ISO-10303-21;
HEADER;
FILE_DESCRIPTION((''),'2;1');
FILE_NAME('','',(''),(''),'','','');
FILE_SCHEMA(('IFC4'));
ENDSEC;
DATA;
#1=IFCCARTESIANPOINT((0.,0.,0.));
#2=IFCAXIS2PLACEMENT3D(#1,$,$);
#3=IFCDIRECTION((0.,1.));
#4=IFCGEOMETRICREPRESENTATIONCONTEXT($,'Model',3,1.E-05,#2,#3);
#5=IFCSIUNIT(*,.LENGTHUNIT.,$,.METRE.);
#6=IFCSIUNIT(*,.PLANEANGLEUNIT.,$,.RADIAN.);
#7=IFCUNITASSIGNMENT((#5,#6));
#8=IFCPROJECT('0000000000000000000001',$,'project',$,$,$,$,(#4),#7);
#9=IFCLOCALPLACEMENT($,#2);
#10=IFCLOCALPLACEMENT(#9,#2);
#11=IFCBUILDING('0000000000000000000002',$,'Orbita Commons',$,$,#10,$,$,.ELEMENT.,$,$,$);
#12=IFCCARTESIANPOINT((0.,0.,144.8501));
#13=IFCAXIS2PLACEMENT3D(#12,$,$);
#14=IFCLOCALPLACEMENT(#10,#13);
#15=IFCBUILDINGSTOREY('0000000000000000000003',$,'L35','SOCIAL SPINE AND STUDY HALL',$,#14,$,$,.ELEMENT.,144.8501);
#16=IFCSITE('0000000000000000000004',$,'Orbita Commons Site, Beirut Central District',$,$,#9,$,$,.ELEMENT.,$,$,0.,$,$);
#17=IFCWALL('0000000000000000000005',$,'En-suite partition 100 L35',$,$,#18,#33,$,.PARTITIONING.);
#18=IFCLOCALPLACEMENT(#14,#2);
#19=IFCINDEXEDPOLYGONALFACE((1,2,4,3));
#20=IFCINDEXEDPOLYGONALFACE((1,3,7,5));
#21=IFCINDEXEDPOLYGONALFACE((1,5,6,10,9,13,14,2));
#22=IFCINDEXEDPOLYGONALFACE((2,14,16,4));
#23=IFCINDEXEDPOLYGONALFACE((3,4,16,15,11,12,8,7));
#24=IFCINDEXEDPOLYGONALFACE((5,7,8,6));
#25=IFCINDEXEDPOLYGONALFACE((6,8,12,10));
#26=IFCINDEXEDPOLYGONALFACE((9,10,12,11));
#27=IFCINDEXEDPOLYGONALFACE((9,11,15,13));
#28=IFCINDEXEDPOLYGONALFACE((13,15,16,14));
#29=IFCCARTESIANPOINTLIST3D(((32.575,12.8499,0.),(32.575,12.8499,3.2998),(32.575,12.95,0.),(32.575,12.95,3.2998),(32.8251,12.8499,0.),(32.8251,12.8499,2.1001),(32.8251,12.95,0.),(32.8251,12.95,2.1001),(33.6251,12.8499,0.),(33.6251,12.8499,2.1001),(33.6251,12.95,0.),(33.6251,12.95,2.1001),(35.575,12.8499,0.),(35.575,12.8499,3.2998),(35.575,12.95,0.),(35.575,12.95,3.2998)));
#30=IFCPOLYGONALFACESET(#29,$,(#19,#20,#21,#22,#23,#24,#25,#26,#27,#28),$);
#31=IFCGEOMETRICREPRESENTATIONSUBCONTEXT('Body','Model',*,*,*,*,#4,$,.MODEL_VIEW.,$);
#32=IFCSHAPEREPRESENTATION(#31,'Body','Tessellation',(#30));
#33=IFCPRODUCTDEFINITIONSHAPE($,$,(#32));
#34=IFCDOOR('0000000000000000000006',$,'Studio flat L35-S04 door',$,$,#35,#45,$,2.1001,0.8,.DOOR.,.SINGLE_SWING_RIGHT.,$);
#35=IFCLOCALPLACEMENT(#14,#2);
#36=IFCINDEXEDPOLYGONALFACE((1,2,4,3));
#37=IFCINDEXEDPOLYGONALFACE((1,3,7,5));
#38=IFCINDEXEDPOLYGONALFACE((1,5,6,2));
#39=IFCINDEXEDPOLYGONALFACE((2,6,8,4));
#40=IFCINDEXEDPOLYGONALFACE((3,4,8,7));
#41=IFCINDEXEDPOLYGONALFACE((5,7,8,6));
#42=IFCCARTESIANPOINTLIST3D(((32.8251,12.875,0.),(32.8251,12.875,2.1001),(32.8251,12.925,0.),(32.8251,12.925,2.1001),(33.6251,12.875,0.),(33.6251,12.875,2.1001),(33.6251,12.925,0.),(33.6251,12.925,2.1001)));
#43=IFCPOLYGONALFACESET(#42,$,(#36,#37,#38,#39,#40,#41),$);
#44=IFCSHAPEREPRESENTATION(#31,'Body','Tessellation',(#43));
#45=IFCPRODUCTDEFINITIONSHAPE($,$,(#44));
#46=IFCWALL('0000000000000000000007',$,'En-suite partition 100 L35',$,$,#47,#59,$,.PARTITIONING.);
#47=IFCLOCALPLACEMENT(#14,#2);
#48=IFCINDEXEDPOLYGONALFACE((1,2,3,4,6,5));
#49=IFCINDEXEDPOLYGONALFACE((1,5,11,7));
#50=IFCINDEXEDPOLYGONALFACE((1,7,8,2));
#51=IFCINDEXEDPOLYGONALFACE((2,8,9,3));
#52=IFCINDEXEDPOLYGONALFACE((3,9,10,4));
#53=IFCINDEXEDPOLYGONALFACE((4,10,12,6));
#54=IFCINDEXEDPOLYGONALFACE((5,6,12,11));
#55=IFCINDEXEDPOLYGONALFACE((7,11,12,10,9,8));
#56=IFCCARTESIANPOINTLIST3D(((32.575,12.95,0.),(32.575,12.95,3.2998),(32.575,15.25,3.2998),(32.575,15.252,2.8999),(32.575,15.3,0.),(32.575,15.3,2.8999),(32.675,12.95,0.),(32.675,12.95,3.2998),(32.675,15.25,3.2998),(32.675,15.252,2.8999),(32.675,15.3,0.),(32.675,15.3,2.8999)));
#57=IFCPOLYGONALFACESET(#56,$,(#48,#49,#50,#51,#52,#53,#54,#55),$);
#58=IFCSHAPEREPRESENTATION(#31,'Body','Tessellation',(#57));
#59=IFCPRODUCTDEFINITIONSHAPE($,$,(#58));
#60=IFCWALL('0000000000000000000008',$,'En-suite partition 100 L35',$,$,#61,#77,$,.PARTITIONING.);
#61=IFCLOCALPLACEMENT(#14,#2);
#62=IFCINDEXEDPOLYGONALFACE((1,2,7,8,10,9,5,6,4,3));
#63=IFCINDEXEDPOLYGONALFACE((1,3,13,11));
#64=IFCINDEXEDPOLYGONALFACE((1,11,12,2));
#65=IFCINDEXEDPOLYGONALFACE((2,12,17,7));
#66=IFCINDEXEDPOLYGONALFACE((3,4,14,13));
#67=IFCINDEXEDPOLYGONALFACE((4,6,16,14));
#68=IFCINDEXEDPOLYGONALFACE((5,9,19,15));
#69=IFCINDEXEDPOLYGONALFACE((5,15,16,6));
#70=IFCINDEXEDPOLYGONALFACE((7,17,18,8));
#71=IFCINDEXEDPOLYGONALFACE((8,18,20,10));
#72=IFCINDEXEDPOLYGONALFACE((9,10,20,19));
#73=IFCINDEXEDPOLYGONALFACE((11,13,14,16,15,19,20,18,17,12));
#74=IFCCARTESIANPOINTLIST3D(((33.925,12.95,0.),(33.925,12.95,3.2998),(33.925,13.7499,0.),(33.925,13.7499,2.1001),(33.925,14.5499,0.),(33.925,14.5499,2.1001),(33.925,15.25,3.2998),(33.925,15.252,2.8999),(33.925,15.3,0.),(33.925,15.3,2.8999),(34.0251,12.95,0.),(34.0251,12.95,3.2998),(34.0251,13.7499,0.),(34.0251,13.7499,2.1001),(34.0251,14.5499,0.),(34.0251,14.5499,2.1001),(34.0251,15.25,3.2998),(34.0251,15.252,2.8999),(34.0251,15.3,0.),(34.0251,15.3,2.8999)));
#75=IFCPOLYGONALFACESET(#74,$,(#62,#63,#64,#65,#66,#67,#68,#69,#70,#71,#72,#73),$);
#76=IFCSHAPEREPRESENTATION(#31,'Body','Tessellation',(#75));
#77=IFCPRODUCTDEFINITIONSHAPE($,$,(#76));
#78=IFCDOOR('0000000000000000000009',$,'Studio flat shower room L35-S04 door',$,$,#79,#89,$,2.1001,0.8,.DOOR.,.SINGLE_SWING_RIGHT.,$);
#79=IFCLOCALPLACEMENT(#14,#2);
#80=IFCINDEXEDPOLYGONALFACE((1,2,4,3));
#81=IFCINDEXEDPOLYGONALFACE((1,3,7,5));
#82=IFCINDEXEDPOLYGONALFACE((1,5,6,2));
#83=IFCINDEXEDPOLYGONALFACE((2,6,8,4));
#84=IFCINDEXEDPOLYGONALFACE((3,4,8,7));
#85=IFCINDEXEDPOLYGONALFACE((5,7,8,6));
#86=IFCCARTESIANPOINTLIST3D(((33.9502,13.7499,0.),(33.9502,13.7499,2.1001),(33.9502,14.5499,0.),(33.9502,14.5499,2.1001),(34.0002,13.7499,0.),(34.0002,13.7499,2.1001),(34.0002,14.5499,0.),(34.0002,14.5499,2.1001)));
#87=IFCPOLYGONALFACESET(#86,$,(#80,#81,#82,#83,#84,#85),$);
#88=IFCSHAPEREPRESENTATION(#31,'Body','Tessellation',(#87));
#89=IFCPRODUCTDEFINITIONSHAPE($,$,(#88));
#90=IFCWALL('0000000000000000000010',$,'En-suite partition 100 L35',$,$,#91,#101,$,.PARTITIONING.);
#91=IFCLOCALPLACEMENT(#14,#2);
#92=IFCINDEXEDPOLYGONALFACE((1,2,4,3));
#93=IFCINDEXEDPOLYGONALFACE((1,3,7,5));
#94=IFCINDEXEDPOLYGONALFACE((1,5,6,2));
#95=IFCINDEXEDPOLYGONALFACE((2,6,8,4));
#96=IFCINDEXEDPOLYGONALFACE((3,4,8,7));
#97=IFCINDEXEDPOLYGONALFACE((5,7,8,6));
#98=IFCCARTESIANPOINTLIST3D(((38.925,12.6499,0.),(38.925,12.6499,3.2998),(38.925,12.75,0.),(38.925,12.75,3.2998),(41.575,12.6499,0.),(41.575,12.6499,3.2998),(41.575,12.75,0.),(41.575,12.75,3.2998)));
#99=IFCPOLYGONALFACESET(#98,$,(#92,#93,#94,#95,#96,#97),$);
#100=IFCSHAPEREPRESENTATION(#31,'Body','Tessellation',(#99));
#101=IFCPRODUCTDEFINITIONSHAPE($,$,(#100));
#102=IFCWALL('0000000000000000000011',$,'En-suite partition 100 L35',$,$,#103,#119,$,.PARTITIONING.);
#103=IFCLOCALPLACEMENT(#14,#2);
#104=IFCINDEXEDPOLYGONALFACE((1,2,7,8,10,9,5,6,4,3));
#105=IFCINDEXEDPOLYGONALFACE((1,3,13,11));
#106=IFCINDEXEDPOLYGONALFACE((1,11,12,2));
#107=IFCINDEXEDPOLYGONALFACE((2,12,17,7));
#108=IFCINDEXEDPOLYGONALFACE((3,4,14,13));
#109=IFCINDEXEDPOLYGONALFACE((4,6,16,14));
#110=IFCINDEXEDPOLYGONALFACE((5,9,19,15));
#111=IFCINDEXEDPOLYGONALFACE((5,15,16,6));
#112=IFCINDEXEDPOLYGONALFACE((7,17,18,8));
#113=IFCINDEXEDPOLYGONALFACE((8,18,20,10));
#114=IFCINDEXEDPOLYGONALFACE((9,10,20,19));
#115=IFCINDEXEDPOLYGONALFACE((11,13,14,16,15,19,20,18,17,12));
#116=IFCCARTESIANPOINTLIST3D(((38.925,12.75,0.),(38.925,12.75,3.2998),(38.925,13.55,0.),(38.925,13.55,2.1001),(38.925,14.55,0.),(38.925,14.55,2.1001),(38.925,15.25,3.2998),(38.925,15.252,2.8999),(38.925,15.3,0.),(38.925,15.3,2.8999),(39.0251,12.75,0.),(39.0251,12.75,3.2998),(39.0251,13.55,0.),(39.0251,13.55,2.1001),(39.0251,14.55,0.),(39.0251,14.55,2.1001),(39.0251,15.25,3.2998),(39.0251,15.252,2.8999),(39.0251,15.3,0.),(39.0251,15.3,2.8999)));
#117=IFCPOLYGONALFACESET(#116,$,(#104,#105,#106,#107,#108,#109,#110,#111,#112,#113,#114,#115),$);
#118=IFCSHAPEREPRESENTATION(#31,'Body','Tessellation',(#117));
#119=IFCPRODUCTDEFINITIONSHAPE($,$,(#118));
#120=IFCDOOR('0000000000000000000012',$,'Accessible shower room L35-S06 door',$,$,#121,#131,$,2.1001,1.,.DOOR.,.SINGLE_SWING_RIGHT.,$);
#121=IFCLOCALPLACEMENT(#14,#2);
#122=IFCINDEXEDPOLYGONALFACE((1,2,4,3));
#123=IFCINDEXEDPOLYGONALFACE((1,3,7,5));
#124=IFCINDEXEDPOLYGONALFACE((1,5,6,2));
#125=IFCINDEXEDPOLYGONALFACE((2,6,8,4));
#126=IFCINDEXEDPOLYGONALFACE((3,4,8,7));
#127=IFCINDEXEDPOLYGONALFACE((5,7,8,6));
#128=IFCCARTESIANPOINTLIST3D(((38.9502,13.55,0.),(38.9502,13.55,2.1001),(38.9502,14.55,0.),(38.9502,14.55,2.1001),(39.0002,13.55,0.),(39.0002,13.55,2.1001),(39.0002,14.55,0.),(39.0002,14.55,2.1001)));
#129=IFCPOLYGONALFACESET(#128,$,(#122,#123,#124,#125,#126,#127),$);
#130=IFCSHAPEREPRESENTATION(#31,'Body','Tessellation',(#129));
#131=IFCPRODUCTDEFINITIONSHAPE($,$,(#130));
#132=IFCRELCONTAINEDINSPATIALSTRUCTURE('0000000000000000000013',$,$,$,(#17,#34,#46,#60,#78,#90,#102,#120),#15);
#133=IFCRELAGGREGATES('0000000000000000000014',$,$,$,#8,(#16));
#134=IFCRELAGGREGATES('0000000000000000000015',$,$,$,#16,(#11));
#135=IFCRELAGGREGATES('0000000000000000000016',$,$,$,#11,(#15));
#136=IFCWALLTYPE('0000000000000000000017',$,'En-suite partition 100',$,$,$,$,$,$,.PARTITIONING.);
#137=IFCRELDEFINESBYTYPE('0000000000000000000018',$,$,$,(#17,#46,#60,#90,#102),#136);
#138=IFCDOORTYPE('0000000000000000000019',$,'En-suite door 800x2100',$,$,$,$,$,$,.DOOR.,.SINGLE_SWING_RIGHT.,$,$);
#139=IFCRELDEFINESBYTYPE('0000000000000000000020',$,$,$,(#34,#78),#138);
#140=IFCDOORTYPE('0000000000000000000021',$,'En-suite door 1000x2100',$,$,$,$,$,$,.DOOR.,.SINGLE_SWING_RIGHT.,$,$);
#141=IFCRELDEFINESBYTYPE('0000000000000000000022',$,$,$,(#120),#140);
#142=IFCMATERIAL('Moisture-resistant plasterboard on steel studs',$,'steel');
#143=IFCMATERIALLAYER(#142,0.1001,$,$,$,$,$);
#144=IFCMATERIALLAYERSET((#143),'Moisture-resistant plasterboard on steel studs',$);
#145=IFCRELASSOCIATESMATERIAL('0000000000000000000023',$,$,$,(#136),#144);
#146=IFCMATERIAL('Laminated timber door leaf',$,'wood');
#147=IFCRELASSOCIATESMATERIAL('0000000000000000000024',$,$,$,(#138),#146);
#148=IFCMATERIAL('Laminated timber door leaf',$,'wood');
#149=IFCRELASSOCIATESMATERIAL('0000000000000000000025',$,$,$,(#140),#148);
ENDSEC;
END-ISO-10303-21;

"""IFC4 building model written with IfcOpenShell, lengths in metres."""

from ifc_helpers import new_model, si_unit, direction, frame, frame_2d, origin, place, context, subcontext, project, spatial, polyline, rectangle, outline, extrude, material, layer, layer_set, type_object, element, fill, save


model = new_model("IFC4")

# Units and contexts
model_context = context("Model", 3, precision=1e-05, world=origin(), true_north=direction((0.0, 1.0)))
body_context = subcontext(model_context, "Body", "Model", "MODEL_VIEW")
ifc_project = project(units=[si_unit("LENGTHUNIT", "METRE"), si_unit("PLANEANGLEUNIT", "RADIAN")], contexts=[model_context])

# Site, building, storey
site_placement = place(None, origin())
site = spatial("IfcSite", under=ifc_project, at=site_placement, Name="Orbita Commons Site, Beirut Central District", CompositionType="ELEMENT", RefElevation=0.0)
building_placement = place(site_placement, origin())
building = spatial("IfcBuilding", under=site, at=building_placement, Name="Orbita Commons", CompositionType="ELEMENT")
storey_placement = place(building_placement, frame((0.0, 0.0, 144.8501)))
storey = spatial("IfcBuildingStorey", under=building, at=storey_placement, Name="L35", Description="SOCIAL SPINE AND STUDY HALL", CompositionType="ELEMENT", Elevation=144.8501)

# Shared definitions
ifc_material_1 = material(Name="Moisture-resistant plasterboard on steel studs", Category="steel")
ifc_layer_1 = layer(ifc_material_1, 0.1001)
ifc_layer_set_1 = layer_set([ifc_layer_1], Name="Moisture-resistant plasterboard on steel studs")
wall_type_1 = type_object("IfcWallType", Name="En-suite partition 100", PredefinedType="PARTITIONING", material=ifc_layer_set_1)

# Wall, opening, door
wall_1_placement = place(storey_placement, frame((35.575, 12.8999, 0.0), z_axis=(0.0, 0.0, 1.0), x_axis=(-1.0, 0.0, 0.0)))
wall_1 = element("IfcWall", 1, at=wall_1_placement, inside=storey, type_object=wall_type_1, Name="En-suite partition 100 L35", PredefinedType="PARTITIONING", context=body_context, shape_type="SweptSolid", body=[
    extrude(rectangle(XDim=3.0, YDim=0.1001, at=frame_2d((1.5, 0.0))), origin(), (0.0, 0.0, 1.0), 3.2998),
])
opening_1_placement = place(wall_1_placement, frame((1.95, 0.0, 0.0)))
opening_1 = element("IfcOpeningElement", 2, at=opening_1_placement, cuts=wall_1, PredefinedType="OPENING", context=body_context, shape_type="SweptSolid", body=[
    extrude(rectangle(XDim=0.8, YDim=2.1001, at=frame_2d((0.3999, 1.05))), frame((0.0, 0.0601, 0.0), z_axis=(0.0, -1.0, 0.0), x_axis=(1.0, 0.0, 0.0)), (0.0, 0.0, 1.0), 0.1201),
])
ifc_material_2 = material(Name="Laminated timber door leaf", Category="wood")
door_type_1 = type_object("IfcDoorType", Name="En-suite door 800x2100", OperationType="SINGLE_SWING_RIGHT", PredefinedType="DOOR", material=ifc_material_2)
door_1_placement = place(opening_1_placement, origin())
door_1 = element("IfcDoor", 3, at=door_1_placement, inside=storey, type_object=door_type_1, Name="Studio flat L35-S04 door", OperationType="SINGLE_SWING_RIGHT", OverallHeight=2.1001, OverallWidth=0.8, PredefinedType="DOOR", context=body_context, shape_type="SweptSolid", body=[
    extrude(rectangle(XDim=0.8, YDim=2.1001, at=frame_2d((0.3999, 1.05))), frame((0.0, 0.0249, 0.0), z_axis=(0.0, -1.0, 0.0), x_axis=(1.0, 0.0, 0.0)), (0.0, 0.0, 1.0), 0.05),
])
fill(opening_1, door_1)

# Wall
wall_2_placement = place(storey_placement, frame((32.625, 12.95, 0.0), z_axis=(0.0, 0.0, 1.0), x_axis=(0.0, 1.0, 0.0)))
element("IfcWall", 4, at=wall_2_placement, inside=storey, type_object=wall_type_1, Name="En-suite partition 100 L35", PredefinedType="PARTITIONING", context=body_context, shape_type="SweptSolid", body=[
    extrude(outline(polyline([(0.0, 0.0), (2.3501, 0.0), (2.3501, 2.8999), (2.302, 2.8999), (2.3, 3.2998), (0.0, 3.2998), (0.0, 0.0)])), frame((0.0, 0.05, 0.0), z_axis=(0.0, -1.0, 0.0), x_axis=(1.0, 0.0, 0.0)), (0.0, 0.0, 1.0), 0.1001),
])

# Wall, opening, door
wall_3_placement = place(storey_placement, frame((33.9751, 12.95, 0.0), z_axis=(0.0, 0.0, 1.0), x_axis=(0.0, 1.0, 0.0)))
wall_3 = element("IfcWall", 5, at=wall_3_placement, inside=storey, type_object=wall_type_1, Name="En-suite partition 100 L35", PredefinedType="PARTITIONING", context=body_context, shape_type="SweptSolid", body=[
    extrude(outline(polyline([(0.0, 0.0), (2.3501, 0.0), (2.3501, 2.8999), (2.302, 2.8999), (2.3, 3.2998), (0.0, 3.2998), (0.0, 0.0)])), frame((0.0, 0.05, 0.0), z_axis=(0.0, -1.0, 0.0), x_axis=(1.0, 0.0, 0.0)), (0.0, 0.0, 1.0), 0.1001),
])
opening_2_placement = place(wall_3_placement, frame((0.8, 0.0, 0.0)))
opening_2 = element("IfcOpeningElement", 6, at=opening_2_placement, cuts=wall_3, PredefinedType="OPENING", context=body_context, shape_type="SweptSolid", body=[
    extrude(rectangle(XDim=0.8, YDim=2.1001, at=frame_2d((0.3999, 1.05))), frame((0.0, 0.0601, 0.0), z_axis=(0.0, -1.0, 0.0), x_axis=(1.0, 0.0, 0.0)), (0.0, 0.0, 1.0), 0.1201),
])
door_2_placement = place(opening_2_placement, origin())
door_2 = element("IfcDoor", 7, at=door_2_placement, inside=storey, type_object=door_type_1, Name="Studio flat shower room L35-S04 door", OperationType="SINGLE_SWING_RIGHT", OverallHeight=2.1001, OverallWidth=0.8, PredefinedType="DOOR", context=body_context, shape_type="SweptSolid", body=[
    extrude(rectangle(XDim=0.8, YDim=2.1001, at=frame_2d((0.3999, 1.05))), frame((0.0, 0.0249, 0.0), z_axis=(0.0, -1.0, 0.0), x_axis=(1.0, 0.0, 0.0)), (0.0, 0.0, 1.0), 0.05),
])
fill(opening_2, door_2)

# Wall
wall_4_placement = place(storey_placement, frame((38.925, 12.7, 0.0), z_axis=(0.0, 0.0, 1.0), x_axis=(1.0, 0.0, 0.0)))
element("IfcWall", 8, at=wall_4_placement, inside=storey, type_object=wall_type_1, Name="En-suite partition 100 L35", PredefinedType="PARTITIONING", context=body_context, shape_type="SweptSolid", body=[
    extrude(rectangle(XDim=2.6499, YDim=0.1001, at=frame_2d((1.325, 0.0))), origin(), (0.0, 0.0, 1.0), 3.2998),
])

# Wall, opening, door
wall_5_placement = place(storey_placement, frame((38.9751, 12.75, 0.0), z_axis=(0.0, 0.0, 1.0), x_axis=(0.0, 1.0, 0.0)))
wall_5 = element("IfcWall", 9, at=wall_5_placement, inside=storey, type_object=wall_type_1, Name="En-suite partition 100 L35", PredefinedType="PARTITIONING", context=body_context, shape_type="SweptSolid", body=[
    extrude(outline(polyline([(0.0, 0.0), (2.55, 0.0), (2.55, 2.8999), (2.502, 2.8999), (2.5, 3.2998), (0.0, 3.2998), (0.0, 0.0)])), frame((0.0, 0.05, 0.0), z_axis=(0.0, -1.0, 0.0), x_axis=(1.0, 0.0, 0.0)), (0.0, 0.0, 1.0), 0.1001),
])
opening_3_placement = place(wall_5_placement, frame((0.8, 0.0, 0.0)))
opening_3 = element("IfcOpeningElement", 10, at=opening_3_placement, cuts=wall_5, PredefinedType="OPENING", context=body_context, shape_type="SweptSolid", body=[
    extrude(rectangle(XDim=1.0, YDim=2.1001, at=frame_2d((0.5, 1.05))), frame((0.0, 0.0601, 0.0), z_axis=(0.0, -1.0, 0.0), x_axis=(1.0, 0.0, 0.0)), (0.0, 0.0, 1.0), 0.1201),
])
ifc_material_3 = material(Name="Laminated timber door leaf", Category="wood")
door_type_2 = type_object("IfcDoorType", Name="En-suite door 1000x2100", OperationType="SINGLE_SWING_RIGHT", PredefinedType="DOOR", material=ifc_material_3)
door_3_placement = place(opening_3_placement, origin())
door_3 = element("IfcDoor", 11, at=door_3_placement, inside=storey, type_object=door_type_2, Name="Accessible shower room L35-S06 door", OperationType="SINGLE_SWING_RIGHT", OverallHeight=2.1001, OverallWidth=1.0, PredefinedType="DOOR", context=body_context, shape_type="SweptSolid", body=[
    extrude(rectangle(XDim=1.0, YDim=2.1001, at=frame_2d((0.5, 1.05))), frame((0.0, 0.0249, 0.0), z_axis=(0.0, -1.0, 0.0), x_axis=(1.0, 0.0, 0.0)), (0.0, 0.0, 1.0), 0.05),
])
fill(opening_3, door_3)

save(model, "model.ifc")
